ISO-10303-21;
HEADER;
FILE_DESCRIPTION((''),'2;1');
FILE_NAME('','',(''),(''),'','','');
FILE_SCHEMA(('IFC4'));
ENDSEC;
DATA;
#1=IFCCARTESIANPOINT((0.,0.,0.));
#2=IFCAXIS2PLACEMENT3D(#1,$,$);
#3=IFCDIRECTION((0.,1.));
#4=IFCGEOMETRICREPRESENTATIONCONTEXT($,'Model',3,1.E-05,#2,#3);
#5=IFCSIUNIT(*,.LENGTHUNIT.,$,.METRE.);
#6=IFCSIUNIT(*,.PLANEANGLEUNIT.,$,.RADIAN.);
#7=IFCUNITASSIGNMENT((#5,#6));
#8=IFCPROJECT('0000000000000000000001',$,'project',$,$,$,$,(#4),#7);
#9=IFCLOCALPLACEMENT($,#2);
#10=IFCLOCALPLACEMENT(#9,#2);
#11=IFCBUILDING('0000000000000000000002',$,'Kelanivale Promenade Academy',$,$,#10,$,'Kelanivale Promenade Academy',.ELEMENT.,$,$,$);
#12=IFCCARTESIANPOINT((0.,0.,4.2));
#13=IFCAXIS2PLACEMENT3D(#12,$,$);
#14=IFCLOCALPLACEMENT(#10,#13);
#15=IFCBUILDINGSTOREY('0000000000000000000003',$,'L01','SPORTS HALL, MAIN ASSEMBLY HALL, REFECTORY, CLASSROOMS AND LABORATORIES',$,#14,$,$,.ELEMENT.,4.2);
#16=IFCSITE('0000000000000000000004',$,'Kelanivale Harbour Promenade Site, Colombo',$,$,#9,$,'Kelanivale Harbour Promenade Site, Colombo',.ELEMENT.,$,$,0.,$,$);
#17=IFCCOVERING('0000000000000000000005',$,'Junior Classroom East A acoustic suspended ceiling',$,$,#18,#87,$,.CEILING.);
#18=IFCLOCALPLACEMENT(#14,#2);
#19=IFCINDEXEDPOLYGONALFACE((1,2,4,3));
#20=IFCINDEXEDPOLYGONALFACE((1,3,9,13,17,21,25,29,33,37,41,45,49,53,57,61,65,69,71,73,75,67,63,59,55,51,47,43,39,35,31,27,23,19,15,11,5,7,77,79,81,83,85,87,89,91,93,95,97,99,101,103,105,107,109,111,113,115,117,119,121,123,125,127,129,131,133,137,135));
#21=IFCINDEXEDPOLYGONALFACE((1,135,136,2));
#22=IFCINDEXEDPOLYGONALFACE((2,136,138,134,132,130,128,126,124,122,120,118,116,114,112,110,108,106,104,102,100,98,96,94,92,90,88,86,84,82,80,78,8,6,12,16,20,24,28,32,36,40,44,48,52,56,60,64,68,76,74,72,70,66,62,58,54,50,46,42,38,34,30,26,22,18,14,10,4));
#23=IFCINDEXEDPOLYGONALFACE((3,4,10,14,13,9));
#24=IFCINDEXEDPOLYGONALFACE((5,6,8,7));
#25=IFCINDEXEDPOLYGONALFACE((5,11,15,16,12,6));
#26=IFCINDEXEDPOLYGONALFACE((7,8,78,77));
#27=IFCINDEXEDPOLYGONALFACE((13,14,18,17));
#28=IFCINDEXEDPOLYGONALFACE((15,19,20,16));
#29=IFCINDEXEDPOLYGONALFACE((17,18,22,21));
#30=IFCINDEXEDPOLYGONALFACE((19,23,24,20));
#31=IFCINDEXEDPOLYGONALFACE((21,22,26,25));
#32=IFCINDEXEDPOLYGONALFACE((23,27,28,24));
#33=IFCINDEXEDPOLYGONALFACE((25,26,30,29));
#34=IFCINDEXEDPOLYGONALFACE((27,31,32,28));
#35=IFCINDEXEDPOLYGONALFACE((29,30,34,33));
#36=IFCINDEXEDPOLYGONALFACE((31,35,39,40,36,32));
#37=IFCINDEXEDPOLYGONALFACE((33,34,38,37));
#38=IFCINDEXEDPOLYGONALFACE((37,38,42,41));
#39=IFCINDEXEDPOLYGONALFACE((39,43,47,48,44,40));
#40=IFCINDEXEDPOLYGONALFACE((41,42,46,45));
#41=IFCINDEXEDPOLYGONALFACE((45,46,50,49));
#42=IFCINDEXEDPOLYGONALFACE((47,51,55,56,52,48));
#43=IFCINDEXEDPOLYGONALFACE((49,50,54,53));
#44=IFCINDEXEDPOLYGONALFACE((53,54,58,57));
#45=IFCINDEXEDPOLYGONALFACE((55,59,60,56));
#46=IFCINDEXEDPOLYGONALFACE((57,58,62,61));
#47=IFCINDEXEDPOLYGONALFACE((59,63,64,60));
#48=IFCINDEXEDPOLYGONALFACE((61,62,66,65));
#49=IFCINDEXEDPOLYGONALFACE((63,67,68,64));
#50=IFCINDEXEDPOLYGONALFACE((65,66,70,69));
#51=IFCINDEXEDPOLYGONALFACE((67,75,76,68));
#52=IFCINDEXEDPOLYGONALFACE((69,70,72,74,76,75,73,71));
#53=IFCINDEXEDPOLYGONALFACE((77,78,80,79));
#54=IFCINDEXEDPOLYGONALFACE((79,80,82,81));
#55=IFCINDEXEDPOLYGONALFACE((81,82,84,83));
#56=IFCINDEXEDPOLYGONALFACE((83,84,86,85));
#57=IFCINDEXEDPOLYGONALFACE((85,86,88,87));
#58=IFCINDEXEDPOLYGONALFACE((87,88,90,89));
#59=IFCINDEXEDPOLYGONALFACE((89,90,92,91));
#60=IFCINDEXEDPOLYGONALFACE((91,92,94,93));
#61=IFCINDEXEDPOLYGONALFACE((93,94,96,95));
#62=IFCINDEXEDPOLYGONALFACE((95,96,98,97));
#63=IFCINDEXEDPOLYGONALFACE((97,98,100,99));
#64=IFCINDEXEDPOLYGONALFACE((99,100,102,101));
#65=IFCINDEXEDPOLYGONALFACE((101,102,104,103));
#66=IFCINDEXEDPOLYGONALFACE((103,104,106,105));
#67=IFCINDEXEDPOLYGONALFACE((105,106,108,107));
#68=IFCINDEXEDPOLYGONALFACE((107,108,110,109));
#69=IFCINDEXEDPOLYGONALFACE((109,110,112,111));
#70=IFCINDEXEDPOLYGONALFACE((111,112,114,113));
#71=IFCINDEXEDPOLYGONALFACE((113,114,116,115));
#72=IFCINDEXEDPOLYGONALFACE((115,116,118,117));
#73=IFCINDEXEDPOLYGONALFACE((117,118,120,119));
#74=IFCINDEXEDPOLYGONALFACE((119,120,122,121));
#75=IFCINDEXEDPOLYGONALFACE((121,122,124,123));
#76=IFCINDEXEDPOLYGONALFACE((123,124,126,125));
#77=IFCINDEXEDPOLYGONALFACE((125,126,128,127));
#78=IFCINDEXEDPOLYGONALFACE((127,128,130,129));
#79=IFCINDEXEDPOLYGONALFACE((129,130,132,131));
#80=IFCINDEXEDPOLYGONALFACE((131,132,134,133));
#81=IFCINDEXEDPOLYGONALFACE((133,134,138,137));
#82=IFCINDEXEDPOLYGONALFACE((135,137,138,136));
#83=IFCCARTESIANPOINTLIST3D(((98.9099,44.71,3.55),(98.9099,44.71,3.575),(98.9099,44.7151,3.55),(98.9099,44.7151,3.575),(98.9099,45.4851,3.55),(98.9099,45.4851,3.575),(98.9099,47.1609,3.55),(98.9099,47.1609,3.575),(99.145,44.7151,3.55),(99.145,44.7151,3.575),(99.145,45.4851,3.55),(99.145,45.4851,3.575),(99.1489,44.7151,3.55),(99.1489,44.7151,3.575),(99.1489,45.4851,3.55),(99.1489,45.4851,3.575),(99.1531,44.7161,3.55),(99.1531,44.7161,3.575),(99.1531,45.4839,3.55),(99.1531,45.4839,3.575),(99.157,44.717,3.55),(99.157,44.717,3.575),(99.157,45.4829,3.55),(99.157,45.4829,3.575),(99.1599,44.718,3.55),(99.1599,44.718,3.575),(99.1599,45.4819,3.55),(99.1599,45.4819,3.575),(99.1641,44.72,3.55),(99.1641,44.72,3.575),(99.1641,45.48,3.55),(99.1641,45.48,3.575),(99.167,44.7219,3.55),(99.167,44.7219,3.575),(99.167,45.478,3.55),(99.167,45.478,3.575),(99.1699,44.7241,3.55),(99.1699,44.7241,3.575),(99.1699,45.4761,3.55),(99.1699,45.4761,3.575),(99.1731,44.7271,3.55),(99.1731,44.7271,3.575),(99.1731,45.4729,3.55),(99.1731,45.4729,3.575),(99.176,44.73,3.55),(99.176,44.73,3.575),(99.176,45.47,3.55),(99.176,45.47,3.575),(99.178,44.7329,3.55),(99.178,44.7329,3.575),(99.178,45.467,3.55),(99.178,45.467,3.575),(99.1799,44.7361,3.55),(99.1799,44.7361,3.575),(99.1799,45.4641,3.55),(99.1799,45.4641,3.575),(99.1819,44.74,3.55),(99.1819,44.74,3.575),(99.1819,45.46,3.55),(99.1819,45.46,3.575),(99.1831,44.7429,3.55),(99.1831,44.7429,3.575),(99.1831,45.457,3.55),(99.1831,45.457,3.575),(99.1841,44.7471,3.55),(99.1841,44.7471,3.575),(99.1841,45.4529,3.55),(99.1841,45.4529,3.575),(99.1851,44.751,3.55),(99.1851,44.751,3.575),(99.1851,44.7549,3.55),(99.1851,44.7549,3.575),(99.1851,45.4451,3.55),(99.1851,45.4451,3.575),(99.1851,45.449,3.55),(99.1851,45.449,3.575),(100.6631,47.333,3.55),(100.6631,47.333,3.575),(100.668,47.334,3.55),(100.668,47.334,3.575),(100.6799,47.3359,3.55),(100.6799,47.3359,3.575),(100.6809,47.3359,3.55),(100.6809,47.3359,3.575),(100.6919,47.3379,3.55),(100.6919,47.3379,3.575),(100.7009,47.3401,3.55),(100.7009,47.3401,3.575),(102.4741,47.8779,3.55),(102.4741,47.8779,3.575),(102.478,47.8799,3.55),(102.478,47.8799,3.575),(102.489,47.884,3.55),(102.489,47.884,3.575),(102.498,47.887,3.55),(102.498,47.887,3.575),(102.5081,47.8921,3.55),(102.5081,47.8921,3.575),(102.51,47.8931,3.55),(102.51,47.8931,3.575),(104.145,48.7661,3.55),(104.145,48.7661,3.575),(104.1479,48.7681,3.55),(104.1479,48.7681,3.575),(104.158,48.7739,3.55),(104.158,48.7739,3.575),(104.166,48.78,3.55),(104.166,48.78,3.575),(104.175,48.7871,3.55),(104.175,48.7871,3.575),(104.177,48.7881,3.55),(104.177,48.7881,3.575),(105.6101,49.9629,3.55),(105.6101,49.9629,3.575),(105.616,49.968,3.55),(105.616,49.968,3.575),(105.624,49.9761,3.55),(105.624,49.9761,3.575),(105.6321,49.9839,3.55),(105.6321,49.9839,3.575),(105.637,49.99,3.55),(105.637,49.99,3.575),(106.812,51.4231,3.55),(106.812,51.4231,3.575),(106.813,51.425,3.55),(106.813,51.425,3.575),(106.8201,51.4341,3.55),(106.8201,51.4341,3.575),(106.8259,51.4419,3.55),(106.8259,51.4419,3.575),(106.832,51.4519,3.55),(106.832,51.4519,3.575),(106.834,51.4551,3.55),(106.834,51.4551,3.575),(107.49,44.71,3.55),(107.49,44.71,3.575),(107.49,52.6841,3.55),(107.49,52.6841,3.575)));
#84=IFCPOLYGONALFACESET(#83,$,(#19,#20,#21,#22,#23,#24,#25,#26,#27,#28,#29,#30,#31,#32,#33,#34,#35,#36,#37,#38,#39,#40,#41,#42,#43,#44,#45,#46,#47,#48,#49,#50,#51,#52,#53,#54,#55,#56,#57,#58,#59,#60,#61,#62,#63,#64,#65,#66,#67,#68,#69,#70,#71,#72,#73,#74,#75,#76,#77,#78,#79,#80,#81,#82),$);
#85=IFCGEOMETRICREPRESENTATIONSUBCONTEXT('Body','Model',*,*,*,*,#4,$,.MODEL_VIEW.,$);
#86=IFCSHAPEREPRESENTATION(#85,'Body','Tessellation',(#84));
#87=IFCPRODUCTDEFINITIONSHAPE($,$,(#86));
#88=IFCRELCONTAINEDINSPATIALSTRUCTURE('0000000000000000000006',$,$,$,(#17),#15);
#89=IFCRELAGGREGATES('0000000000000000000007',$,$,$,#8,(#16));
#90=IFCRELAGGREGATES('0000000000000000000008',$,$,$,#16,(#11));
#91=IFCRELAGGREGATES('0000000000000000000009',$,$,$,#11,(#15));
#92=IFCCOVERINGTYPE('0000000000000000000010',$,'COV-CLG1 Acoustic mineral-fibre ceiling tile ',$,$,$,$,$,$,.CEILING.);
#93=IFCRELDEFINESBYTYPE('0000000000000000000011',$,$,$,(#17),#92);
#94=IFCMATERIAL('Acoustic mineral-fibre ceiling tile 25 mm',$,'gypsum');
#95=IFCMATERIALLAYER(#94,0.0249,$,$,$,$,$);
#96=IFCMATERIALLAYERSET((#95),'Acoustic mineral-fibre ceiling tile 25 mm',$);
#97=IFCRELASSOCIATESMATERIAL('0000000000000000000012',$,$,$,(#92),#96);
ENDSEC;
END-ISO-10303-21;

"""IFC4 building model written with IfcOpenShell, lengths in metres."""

from ifc_helpers import new_model, si_unit, direction, frame, origin, place, context, subcontext, project, spatial, polyline, outline, extrude, material, layer, layer_set, type_object, element, save


model = new_model("IFC4")

# Units and contexts
model_context = context("Model", 3, precision=1e-05, world=origin(), true_north=direction((0.0, 1.0)))
body_context = subcontext(model_context, "Body", "Model", "MODEL_VIEW")
ifc_project = project(units=[si_unit("LENGTHUNIT", "METRE"), si_unit("PLANEANGLEUNIT", "RADIAN")], contexts=[model_context])

# Site, building, storey
site_placement = place(None, origin())
site = spatial("IfcSite", under=ifc_project, at=site_placement, Name="Kelanivale Harbour Promenade Site, Colombo", LongName="Kelanivale Harbour Promenade Site, Colombo", CompositionType="ELEMENT", RefElevation=0.0)
building_placement = place(site_placement, origin())
building = spatial("IfcBuilding", under=site, at=building_placement, Name="Kelanivale Promenade Academy", LongName="Kelanivale Promenade Academy", CompositionType="ELEMENT")
storey_placement = place(building_placement, frame((0.0, 0.0, 4.2)))
storey = spatial("IfcBuildingStorey", under=building, at=storey_placement, Name="L01", Description="SPORTS HALL, MAIN ASSEMBLY HALL, REFECTORY, CLASSROOMS AND LABORATORIES", CompositionType="ELEMENT", Elevation=4.2)

# Covering
ifc_material_1 = material(Name="Acoustic mineral-fibre ceiling tile 25 mm", Category="gypsum")
ifc_layer_1 = layer(ifc_material_1, 0.0249)
ifc_layer_set_1 = layer_set([ifc_layer_1], Name="Acoustic mineral-fibre ceiling tile 25 mm")
covering_type = type_object("IfcCoveringType", Name="COV-CLG1 Acoustic mineral-fibre ceiling tile ", PredefinedType="CEILING", material=ifc_layer_set_1)
covering_1_placement = place(storey_placement, frame((0.0, 0.0, 3.55)))
element("IfcCovering", 1, at=covering_1_placement, inside=storey, type_object=covering_type, Name="Junior Classroom East A acoustic suspended ceiling", PredefinedType="CEILING", context=body_context, shape_type="SweptSolid", body=[
    extrude(outline(polyline([(105.637, 49.99), (105.6321, 49.9839), (105.624, 49.9761), (105.616, 49.968), (105.6101, 49.9629), (104.177, 48.7881), (104.175, 48.7871), (104.166, 48.78), (104.158, 48.7739), (104.1479, 48.7681), (104.145, 48.7661), (102.51, 47.8931), (102.5081, 47.8921), (102.498, 47.887), (102.489, 47.884), (102.478, 47.8799), (102.4741, 47.8779), (100.7009, 47.3401), (100.6919, 47.3379), (100.6809, 47.3359), (100.6799, 47.3359), (100.668, 47.334), (100.6631, 47.333), (98.9099, 47.1609), (98.9099, 45.4851), (99.145, 45.4851), (99.1489, 45.4851), (99.1531, 45.4839), (99.157, 45.4829), (99.1599, 45.4819), (99.1641, 45.48), (99.167, 45.478), (99.1699, 45.4761), (99.1731, 45.4729), (99.176, 45.47), (99.178, 45.467), (99.1799, 45.4641), (99.1819, 45.46), (99.1831, 45.457), (99.1841, 45.4529), (99.1851, 45.449), (99.1851, 45.4451), (99.1851, 44.7549), (99.1851, 44.751), (99.1841, 44.7471), (99.1831, 44.7429), (99.1819, 44.74), (99.1799, 44.7361), (99.178, 44.7329), (99.176, 44.73), (99.1731, 44.7271), (99.1699, 44.7241), (99.167, 44.7219), (99.1641, 44.72), (99.1599, 44.718), (99.157, 44.717), (99.1531, 44.7161), (99.1489, 44.7151), (99.145, 44.7151), (98.9099, 44.7151), (98.9099, 44.71), (107.49, 44.71), (107.49, 52.6841), (106.834, 51.4551), (106.832, 51.4519), (106.8259, 51.4419), (106.8201, 51.4341), (106.813, 51.425), (106.812, 51.4231), (105.637, 49.99)])), origin(), (0.0, 0.0, 1.0), 0.0249),
])

save(model, "model.ifc")
